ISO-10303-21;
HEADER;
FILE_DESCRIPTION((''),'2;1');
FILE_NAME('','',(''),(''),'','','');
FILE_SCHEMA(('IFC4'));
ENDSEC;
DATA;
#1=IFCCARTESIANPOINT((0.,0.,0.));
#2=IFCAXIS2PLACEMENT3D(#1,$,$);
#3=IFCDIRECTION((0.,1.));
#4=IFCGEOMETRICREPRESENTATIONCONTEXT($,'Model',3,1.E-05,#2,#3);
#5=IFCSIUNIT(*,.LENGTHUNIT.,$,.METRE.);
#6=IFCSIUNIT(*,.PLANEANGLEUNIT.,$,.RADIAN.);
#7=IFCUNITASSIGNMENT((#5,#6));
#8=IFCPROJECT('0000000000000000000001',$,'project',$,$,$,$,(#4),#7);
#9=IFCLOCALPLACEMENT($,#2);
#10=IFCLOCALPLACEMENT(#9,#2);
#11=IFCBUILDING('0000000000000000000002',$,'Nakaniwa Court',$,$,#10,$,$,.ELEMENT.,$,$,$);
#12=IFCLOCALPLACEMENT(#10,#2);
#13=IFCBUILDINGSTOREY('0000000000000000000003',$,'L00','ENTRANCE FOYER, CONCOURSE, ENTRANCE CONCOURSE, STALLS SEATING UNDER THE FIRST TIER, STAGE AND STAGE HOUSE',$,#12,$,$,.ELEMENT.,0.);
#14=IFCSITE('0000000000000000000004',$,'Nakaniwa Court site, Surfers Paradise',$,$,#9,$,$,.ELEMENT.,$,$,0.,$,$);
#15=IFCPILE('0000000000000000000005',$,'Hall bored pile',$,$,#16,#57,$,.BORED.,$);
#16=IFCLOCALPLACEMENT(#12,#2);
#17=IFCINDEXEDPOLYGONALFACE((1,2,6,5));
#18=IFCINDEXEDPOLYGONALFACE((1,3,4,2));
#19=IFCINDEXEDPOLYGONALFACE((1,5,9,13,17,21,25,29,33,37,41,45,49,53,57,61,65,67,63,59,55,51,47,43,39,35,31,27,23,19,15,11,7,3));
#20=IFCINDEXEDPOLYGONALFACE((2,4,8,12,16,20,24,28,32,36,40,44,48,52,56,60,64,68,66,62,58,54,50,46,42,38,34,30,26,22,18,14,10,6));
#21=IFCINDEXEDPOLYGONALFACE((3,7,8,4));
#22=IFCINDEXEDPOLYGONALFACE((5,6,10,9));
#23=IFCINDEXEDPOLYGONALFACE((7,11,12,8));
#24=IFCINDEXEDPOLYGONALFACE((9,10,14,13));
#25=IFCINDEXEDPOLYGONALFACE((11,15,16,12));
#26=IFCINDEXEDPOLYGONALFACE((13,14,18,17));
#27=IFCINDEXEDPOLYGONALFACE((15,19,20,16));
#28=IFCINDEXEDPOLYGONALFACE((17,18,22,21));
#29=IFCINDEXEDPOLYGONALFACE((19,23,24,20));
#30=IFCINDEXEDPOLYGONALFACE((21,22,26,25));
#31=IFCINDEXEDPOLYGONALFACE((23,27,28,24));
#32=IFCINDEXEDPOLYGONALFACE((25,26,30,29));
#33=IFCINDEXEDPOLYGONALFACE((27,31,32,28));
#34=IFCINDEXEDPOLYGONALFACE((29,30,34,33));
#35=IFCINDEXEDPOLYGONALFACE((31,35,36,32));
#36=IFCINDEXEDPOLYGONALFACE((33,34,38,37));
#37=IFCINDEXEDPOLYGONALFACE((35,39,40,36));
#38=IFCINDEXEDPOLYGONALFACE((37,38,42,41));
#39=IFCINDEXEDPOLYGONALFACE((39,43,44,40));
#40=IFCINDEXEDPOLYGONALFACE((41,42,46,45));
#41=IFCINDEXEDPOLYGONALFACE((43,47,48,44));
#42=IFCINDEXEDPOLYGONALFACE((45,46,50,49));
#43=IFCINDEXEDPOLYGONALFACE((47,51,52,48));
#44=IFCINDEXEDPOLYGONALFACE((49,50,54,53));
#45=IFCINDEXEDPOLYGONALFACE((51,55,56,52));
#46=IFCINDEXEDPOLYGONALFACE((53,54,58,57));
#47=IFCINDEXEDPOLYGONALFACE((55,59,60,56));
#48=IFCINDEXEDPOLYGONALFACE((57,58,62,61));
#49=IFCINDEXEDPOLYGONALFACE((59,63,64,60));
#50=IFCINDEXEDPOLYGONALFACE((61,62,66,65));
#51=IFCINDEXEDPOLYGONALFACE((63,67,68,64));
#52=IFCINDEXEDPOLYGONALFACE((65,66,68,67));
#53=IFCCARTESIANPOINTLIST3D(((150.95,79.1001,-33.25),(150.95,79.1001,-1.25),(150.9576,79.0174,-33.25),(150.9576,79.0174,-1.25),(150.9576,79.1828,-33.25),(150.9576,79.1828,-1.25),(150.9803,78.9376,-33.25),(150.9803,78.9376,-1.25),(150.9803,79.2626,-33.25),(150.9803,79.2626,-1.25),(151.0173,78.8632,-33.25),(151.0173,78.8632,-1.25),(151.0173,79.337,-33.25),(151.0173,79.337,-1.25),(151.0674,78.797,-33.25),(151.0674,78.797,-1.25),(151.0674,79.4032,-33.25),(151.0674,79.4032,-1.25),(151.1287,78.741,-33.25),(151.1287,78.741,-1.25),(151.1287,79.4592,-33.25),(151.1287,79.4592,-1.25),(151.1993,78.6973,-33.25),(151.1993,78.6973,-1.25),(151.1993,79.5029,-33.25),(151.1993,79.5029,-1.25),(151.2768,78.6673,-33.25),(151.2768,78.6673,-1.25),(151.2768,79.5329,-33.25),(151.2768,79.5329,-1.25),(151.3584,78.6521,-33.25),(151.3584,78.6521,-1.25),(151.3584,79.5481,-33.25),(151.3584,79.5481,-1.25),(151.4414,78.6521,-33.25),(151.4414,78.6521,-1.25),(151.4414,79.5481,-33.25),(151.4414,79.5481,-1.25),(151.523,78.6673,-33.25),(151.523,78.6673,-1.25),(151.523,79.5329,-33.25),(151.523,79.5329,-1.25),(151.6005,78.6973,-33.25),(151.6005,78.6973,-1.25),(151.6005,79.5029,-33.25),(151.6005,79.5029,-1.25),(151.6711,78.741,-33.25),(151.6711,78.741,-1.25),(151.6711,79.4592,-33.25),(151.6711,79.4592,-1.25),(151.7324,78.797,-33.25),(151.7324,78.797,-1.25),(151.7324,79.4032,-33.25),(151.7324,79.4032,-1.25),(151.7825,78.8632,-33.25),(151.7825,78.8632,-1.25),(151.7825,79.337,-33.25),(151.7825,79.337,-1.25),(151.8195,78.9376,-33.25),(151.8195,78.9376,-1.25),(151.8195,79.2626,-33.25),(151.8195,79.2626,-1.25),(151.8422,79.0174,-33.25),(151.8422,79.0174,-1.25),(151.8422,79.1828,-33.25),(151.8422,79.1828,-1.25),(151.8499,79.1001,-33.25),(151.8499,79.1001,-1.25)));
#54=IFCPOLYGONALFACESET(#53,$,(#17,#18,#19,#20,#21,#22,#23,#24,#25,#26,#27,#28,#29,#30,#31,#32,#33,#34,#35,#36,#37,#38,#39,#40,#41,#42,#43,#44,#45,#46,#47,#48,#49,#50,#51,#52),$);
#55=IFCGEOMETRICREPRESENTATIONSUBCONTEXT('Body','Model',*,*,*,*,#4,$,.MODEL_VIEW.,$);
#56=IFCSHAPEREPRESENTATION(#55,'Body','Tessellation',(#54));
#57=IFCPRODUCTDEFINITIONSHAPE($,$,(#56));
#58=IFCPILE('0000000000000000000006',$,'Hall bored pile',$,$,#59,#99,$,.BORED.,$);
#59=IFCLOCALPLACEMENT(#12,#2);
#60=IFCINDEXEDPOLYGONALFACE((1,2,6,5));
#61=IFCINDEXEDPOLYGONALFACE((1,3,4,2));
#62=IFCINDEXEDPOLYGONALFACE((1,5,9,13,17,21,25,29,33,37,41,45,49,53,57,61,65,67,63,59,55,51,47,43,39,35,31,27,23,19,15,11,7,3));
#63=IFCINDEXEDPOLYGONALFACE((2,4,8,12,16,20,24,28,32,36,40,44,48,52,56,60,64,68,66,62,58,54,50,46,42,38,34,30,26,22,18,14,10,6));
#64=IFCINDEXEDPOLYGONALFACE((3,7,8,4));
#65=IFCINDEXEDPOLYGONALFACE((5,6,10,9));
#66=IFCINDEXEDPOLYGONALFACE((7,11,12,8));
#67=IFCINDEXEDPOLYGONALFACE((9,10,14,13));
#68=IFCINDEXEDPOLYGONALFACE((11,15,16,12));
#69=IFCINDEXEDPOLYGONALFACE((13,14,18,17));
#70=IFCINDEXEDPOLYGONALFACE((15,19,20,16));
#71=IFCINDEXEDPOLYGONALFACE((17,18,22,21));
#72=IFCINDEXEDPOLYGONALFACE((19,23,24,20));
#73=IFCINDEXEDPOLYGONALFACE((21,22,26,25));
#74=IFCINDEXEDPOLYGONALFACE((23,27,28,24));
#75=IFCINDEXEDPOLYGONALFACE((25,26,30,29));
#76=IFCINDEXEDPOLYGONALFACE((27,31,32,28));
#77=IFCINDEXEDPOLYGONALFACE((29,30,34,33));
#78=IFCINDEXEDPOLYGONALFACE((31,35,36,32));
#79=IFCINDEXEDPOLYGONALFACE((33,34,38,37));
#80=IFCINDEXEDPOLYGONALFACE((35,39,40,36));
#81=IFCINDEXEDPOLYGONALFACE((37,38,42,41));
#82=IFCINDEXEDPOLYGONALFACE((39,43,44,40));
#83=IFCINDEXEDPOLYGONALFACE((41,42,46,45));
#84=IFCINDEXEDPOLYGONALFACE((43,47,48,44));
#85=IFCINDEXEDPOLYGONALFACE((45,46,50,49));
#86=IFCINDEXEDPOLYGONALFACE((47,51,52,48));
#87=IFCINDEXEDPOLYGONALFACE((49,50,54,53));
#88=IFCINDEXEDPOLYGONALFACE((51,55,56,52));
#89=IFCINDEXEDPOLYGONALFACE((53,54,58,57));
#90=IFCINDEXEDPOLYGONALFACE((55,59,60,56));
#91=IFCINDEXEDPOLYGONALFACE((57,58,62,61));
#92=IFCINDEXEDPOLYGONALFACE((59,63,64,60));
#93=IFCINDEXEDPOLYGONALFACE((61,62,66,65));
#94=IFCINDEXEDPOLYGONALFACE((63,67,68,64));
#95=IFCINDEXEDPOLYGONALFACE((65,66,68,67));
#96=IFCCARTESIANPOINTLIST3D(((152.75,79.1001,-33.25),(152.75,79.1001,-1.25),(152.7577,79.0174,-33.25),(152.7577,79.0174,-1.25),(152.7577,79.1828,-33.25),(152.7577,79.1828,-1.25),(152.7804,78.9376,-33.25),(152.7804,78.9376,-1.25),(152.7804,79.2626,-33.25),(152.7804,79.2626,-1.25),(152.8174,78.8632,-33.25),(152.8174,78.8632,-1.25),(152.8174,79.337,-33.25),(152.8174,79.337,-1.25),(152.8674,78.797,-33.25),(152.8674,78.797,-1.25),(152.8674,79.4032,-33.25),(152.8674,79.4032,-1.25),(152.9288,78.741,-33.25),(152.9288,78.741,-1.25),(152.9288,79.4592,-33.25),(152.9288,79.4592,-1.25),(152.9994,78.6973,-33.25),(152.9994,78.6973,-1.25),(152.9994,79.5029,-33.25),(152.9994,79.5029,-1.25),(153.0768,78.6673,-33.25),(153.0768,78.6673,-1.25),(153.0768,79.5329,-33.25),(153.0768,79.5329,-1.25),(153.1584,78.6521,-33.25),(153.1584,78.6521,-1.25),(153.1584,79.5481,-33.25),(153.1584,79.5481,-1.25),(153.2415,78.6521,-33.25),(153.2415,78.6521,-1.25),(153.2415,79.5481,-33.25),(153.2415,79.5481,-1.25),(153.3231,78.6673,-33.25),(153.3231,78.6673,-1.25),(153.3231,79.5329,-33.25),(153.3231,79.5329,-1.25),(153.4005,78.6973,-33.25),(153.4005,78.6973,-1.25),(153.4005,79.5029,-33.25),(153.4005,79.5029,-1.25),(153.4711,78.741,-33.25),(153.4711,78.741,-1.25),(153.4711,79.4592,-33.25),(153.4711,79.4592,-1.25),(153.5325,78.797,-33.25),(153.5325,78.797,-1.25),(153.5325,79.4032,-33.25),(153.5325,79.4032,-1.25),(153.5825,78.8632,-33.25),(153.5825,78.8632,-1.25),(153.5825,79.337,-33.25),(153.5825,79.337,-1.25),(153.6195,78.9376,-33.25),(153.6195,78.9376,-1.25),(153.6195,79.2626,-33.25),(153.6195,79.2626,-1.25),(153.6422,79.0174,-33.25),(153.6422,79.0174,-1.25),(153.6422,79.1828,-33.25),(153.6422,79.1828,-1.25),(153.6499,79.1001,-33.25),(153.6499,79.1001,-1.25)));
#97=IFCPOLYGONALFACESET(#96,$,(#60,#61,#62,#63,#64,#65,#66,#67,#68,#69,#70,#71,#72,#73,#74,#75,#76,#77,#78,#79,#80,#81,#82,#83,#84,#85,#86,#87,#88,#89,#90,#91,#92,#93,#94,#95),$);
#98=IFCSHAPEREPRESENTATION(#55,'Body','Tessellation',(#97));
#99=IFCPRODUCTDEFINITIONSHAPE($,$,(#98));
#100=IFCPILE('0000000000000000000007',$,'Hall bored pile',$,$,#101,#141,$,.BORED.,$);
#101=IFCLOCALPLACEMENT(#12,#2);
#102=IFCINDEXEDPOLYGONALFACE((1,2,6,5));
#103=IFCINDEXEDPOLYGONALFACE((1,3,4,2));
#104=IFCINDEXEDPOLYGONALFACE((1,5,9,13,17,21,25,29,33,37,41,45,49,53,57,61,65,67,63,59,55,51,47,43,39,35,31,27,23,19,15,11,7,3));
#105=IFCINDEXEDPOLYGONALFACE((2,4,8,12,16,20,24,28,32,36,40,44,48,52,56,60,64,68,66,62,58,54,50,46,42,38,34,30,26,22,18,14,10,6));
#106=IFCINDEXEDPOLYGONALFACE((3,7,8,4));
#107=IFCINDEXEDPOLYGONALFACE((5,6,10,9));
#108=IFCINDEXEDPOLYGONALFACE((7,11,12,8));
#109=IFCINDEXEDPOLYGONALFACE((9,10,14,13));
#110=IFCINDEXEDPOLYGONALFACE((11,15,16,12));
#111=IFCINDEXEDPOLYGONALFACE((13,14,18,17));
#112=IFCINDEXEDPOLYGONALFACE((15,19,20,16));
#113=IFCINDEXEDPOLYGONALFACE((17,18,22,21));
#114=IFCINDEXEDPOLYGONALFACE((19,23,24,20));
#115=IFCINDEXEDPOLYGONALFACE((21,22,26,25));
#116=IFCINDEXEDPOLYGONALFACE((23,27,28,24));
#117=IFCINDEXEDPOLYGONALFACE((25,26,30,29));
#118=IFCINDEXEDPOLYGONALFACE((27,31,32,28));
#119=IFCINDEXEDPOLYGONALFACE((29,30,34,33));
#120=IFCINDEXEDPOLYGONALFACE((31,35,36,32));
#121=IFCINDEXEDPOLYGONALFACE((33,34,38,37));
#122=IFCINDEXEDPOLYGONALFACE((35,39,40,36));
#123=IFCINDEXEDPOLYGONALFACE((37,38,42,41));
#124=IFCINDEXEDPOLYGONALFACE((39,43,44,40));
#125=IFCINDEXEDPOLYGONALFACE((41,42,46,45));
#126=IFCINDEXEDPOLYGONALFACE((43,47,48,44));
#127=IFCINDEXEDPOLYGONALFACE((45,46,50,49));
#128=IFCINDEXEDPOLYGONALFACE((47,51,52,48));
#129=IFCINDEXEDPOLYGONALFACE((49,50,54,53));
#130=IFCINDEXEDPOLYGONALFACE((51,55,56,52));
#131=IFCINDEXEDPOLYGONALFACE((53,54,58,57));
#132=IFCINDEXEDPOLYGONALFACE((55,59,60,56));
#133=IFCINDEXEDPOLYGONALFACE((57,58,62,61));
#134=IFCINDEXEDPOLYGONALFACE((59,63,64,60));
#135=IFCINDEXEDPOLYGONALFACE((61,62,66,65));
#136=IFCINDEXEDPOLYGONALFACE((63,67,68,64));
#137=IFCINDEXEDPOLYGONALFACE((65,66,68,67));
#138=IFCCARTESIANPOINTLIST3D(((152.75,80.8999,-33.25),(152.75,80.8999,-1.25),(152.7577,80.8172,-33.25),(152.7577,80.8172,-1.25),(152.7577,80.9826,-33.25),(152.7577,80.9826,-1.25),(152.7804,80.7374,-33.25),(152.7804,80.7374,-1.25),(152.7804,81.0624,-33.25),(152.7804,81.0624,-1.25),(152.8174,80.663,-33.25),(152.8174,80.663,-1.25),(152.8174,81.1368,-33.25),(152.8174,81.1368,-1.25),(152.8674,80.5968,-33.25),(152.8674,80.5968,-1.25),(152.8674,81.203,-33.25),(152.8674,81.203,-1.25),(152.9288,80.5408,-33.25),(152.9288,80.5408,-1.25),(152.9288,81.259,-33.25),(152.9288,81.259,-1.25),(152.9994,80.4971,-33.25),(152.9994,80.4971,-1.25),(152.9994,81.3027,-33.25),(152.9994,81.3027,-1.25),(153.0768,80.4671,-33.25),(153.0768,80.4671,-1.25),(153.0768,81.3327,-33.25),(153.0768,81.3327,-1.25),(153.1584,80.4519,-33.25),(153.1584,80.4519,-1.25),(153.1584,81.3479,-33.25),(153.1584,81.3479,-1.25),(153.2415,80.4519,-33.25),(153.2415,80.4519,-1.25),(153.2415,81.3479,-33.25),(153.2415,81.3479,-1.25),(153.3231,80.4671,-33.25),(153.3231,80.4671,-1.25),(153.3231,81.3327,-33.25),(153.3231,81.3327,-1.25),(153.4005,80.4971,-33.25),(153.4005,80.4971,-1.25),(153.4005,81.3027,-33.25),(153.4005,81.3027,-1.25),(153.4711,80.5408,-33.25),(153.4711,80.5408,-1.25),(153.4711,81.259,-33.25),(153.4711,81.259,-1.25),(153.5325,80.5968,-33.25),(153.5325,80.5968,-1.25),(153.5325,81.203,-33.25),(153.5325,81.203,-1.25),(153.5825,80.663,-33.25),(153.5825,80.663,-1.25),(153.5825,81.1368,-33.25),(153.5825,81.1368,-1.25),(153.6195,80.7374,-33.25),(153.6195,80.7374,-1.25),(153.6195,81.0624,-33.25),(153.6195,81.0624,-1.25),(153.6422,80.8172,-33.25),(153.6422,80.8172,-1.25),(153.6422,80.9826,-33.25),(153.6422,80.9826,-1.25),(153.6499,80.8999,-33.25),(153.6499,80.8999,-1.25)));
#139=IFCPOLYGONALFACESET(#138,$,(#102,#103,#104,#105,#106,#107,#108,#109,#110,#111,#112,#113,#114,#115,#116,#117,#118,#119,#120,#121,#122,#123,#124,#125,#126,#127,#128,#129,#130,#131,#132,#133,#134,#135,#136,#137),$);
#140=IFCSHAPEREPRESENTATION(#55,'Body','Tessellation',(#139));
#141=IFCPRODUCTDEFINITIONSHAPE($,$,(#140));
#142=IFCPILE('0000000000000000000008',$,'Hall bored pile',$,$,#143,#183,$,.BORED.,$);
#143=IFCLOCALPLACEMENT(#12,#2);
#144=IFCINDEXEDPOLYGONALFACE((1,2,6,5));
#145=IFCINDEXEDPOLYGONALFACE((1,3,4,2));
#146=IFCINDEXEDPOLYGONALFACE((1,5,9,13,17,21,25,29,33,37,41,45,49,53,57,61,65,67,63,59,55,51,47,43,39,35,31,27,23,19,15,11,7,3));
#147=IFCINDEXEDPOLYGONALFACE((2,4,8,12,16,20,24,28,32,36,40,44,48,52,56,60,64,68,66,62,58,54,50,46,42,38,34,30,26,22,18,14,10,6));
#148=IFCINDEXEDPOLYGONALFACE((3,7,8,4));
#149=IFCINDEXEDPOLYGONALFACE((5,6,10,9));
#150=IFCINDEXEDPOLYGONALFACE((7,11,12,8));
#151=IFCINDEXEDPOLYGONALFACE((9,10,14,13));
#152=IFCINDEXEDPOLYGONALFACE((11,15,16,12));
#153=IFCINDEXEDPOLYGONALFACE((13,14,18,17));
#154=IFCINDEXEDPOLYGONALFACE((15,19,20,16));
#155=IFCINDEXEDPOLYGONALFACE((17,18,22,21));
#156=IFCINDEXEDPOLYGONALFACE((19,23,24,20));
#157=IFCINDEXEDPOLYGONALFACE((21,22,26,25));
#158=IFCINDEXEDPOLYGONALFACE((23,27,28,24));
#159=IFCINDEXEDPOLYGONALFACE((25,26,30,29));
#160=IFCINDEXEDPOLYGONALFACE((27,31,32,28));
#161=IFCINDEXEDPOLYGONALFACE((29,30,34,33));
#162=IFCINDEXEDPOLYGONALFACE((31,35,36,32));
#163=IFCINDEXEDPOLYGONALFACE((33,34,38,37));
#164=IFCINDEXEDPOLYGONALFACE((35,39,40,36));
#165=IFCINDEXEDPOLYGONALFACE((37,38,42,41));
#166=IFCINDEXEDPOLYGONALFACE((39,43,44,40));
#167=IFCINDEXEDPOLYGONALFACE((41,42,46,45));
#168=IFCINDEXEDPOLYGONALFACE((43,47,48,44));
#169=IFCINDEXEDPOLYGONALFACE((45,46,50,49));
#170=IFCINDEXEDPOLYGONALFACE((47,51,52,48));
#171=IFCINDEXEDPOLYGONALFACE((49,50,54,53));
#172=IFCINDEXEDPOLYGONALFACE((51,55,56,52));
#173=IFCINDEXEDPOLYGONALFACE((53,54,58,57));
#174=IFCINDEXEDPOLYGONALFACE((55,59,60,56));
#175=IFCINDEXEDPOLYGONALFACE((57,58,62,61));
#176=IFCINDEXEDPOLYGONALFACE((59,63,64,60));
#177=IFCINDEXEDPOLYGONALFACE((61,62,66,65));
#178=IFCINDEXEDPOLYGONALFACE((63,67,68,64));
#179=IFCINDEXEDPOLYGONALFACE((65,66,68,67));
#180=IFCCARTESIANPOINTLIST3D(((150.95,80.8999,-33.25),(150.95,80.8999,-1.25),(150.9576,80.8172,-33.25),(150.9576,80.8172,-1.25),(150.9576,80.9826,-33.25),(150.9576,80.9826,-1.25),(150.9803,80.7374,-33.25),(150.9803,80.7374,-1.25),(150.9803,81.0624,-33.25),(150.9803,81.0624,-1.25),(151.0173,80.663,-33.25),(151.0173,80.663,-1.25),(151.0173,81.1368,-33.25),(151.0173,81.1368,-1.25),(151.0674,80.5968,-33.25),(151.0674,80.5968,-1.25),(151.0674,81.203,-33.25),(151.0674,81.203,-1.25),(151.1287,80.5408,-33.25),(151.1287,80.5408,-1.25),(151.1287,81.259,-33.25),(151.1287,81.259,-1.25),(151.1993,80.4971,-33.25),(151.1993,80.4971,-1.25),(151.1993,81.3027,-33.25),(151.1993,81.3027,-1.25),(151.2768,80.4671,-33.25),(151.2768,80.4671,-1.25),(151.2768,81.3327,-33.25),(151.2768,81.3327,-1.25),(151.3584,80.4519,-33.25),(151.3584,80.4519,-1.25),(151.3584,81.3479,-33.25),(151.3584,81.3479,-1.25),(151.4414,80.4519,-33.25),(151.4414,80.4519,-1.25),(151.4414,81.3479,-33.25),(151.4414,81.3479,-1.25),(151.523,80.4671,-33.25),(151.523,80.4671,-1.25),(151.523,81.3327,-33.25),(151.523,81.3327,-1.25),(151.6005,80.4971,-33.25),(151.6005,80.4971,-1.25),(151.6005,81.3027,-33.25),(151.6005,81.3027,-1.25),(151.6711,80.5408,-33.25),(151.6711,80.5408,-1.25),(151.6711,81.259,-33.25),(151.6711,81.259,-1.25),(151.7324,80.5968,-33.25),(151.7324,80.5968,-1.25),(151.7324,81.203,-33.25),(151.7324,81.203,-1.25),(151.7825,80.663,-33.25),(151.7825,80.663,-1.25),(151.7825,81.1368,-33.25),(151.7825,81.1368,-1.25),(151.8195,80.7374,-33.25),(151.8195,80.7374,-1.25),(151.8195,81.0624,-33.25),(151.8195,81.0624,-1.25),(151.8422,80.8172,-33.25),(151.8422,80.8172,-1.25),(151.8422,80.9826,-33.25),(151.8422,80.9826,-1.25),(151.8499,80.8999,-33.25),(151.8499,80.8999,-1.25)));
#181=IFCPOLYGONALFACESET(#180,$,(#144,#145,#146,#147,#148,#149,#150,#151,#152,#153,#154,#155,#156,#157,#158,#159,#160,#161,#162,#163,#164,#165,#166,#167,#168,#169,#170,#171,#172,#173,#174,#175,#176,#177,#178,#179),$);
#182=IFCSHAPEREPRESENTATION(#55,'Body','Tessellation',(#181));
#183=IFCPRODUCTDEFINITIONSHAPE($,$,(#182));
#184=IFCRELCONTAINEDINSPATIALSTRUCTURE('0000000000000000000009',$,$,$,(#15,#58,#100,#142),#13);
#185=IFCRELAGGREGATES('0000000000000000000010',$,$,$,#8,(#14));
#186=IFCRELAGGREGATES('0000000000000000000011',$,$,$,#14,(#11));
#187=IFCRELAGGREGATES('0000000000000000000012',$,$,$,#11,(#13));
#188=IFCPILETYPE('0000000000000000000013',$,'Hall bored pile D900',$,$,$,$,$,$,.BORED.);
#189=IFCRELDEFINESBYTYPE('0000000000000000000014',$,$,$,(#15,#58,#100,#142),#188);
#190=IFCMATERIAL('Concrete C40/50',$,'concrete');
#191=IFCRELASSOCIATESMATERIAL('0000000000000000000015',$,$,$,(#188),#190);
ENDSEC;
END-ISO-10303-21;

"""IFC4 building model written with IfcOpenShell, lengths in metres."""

from ifc_helpers import new_model, si_unit, direction, frame, origin, origin_2d, place, context, subcontext, project, spatial, circle, extrude, material, material_profile, profile_set, type_object, element, save


model = new_model("IFC4")

# Units and contexts
model_context = context("Model", 3, precision=1e-05, world=origin(), true_north=direction((0.0, 1.0)))
body_context = subcontext(model_context, "Body", "Model", "MODEL_VIEW")
ifc_project = project(units=[si_unit("LENGTHUNIT", "METRE"), si_unit("PLANEANGLEUNIT", "RADIAN")], contexts=[model_context])

# Site, building, storey
site_placement = place(None, origin())
site = spatial("IfcSite", under=ifc_project, at=site_placement, Name="Nakaniwa Court site, Surfers Paradise", CompositionType="ELEMENT", RefElevation=0.0)
building_placement = place(site_placement, origin())
building = spatial("IfcBuilding", under=site, at=building_placement, Name="Nakaniwa Court", CompositionType="ELEMENT")
storey_placement = place(building_placement, origin())
storey = spatial("IfcBuildingStorey", under=building, at=storey_placement, Name="L00", Description="ENTRANCE FOYER, CONCOURSE, ENTRANCE CONCOURSE, STALLS SEATING UNDER THE FIRST TIER, STAGE AND STAGE HOUSE", CompositionType="ELEMENT", Elevation=0.0)

# Piles
ifc_material_1 = material(Name="Concrete C40/50", Category="concrete")
ifc_material_profile_1 = material_profile(ifc_material_1, circle(Radius=0.45, at=origin_2d()), Name="Bored pile D900")
ifc_profile_set_1 = profile_set([ifc_material_profile_1], Name="Concrete C40/50")
pile_type = type_object("IfcPileType", Name="Hall bored pile D900", PredefinedType="BORED", material=ifc_profile_set_1)
for number, where, z_axis, x_axis, name in (
    (1, (151.3999, 79.1001, -1.25), (0.0, 0.0, -1.0), (1.0, 0.0, 0.0), "Hall bored pile"),
    (2, (153.2, 79.1001, -1.25), (0.0, 0.0, -1.0), (1.0, 0.0, 0.0), "Hall bored pile"),
    (3, (153.2, 80.8999, -1.25), (0.0, 0.0, -1.0), (1.0, 0.0, 0.0), "Hall bored pile"),
    (4, (151.3999, 80.8999, -1.25), (0.0, 0.0, -1.0), (1.0, 0.0, 0.0), "Hall bored pile"),
):
    element("IfcPile", number, at=place(storey_placement, frame(where, z_axis=z_axis, x_axis=x_axis)), inside=storey, type_object=pile_type, Name=name, PredefinedType="BORED", context=body_context, shape_type="SweptSolid", body=[
        extrude(circle(Radius=0.45, at=origin_2d()), origin(), (0.0, 0.0, 1.0), 32.0),
    ])

save(model, "model.ifc")
